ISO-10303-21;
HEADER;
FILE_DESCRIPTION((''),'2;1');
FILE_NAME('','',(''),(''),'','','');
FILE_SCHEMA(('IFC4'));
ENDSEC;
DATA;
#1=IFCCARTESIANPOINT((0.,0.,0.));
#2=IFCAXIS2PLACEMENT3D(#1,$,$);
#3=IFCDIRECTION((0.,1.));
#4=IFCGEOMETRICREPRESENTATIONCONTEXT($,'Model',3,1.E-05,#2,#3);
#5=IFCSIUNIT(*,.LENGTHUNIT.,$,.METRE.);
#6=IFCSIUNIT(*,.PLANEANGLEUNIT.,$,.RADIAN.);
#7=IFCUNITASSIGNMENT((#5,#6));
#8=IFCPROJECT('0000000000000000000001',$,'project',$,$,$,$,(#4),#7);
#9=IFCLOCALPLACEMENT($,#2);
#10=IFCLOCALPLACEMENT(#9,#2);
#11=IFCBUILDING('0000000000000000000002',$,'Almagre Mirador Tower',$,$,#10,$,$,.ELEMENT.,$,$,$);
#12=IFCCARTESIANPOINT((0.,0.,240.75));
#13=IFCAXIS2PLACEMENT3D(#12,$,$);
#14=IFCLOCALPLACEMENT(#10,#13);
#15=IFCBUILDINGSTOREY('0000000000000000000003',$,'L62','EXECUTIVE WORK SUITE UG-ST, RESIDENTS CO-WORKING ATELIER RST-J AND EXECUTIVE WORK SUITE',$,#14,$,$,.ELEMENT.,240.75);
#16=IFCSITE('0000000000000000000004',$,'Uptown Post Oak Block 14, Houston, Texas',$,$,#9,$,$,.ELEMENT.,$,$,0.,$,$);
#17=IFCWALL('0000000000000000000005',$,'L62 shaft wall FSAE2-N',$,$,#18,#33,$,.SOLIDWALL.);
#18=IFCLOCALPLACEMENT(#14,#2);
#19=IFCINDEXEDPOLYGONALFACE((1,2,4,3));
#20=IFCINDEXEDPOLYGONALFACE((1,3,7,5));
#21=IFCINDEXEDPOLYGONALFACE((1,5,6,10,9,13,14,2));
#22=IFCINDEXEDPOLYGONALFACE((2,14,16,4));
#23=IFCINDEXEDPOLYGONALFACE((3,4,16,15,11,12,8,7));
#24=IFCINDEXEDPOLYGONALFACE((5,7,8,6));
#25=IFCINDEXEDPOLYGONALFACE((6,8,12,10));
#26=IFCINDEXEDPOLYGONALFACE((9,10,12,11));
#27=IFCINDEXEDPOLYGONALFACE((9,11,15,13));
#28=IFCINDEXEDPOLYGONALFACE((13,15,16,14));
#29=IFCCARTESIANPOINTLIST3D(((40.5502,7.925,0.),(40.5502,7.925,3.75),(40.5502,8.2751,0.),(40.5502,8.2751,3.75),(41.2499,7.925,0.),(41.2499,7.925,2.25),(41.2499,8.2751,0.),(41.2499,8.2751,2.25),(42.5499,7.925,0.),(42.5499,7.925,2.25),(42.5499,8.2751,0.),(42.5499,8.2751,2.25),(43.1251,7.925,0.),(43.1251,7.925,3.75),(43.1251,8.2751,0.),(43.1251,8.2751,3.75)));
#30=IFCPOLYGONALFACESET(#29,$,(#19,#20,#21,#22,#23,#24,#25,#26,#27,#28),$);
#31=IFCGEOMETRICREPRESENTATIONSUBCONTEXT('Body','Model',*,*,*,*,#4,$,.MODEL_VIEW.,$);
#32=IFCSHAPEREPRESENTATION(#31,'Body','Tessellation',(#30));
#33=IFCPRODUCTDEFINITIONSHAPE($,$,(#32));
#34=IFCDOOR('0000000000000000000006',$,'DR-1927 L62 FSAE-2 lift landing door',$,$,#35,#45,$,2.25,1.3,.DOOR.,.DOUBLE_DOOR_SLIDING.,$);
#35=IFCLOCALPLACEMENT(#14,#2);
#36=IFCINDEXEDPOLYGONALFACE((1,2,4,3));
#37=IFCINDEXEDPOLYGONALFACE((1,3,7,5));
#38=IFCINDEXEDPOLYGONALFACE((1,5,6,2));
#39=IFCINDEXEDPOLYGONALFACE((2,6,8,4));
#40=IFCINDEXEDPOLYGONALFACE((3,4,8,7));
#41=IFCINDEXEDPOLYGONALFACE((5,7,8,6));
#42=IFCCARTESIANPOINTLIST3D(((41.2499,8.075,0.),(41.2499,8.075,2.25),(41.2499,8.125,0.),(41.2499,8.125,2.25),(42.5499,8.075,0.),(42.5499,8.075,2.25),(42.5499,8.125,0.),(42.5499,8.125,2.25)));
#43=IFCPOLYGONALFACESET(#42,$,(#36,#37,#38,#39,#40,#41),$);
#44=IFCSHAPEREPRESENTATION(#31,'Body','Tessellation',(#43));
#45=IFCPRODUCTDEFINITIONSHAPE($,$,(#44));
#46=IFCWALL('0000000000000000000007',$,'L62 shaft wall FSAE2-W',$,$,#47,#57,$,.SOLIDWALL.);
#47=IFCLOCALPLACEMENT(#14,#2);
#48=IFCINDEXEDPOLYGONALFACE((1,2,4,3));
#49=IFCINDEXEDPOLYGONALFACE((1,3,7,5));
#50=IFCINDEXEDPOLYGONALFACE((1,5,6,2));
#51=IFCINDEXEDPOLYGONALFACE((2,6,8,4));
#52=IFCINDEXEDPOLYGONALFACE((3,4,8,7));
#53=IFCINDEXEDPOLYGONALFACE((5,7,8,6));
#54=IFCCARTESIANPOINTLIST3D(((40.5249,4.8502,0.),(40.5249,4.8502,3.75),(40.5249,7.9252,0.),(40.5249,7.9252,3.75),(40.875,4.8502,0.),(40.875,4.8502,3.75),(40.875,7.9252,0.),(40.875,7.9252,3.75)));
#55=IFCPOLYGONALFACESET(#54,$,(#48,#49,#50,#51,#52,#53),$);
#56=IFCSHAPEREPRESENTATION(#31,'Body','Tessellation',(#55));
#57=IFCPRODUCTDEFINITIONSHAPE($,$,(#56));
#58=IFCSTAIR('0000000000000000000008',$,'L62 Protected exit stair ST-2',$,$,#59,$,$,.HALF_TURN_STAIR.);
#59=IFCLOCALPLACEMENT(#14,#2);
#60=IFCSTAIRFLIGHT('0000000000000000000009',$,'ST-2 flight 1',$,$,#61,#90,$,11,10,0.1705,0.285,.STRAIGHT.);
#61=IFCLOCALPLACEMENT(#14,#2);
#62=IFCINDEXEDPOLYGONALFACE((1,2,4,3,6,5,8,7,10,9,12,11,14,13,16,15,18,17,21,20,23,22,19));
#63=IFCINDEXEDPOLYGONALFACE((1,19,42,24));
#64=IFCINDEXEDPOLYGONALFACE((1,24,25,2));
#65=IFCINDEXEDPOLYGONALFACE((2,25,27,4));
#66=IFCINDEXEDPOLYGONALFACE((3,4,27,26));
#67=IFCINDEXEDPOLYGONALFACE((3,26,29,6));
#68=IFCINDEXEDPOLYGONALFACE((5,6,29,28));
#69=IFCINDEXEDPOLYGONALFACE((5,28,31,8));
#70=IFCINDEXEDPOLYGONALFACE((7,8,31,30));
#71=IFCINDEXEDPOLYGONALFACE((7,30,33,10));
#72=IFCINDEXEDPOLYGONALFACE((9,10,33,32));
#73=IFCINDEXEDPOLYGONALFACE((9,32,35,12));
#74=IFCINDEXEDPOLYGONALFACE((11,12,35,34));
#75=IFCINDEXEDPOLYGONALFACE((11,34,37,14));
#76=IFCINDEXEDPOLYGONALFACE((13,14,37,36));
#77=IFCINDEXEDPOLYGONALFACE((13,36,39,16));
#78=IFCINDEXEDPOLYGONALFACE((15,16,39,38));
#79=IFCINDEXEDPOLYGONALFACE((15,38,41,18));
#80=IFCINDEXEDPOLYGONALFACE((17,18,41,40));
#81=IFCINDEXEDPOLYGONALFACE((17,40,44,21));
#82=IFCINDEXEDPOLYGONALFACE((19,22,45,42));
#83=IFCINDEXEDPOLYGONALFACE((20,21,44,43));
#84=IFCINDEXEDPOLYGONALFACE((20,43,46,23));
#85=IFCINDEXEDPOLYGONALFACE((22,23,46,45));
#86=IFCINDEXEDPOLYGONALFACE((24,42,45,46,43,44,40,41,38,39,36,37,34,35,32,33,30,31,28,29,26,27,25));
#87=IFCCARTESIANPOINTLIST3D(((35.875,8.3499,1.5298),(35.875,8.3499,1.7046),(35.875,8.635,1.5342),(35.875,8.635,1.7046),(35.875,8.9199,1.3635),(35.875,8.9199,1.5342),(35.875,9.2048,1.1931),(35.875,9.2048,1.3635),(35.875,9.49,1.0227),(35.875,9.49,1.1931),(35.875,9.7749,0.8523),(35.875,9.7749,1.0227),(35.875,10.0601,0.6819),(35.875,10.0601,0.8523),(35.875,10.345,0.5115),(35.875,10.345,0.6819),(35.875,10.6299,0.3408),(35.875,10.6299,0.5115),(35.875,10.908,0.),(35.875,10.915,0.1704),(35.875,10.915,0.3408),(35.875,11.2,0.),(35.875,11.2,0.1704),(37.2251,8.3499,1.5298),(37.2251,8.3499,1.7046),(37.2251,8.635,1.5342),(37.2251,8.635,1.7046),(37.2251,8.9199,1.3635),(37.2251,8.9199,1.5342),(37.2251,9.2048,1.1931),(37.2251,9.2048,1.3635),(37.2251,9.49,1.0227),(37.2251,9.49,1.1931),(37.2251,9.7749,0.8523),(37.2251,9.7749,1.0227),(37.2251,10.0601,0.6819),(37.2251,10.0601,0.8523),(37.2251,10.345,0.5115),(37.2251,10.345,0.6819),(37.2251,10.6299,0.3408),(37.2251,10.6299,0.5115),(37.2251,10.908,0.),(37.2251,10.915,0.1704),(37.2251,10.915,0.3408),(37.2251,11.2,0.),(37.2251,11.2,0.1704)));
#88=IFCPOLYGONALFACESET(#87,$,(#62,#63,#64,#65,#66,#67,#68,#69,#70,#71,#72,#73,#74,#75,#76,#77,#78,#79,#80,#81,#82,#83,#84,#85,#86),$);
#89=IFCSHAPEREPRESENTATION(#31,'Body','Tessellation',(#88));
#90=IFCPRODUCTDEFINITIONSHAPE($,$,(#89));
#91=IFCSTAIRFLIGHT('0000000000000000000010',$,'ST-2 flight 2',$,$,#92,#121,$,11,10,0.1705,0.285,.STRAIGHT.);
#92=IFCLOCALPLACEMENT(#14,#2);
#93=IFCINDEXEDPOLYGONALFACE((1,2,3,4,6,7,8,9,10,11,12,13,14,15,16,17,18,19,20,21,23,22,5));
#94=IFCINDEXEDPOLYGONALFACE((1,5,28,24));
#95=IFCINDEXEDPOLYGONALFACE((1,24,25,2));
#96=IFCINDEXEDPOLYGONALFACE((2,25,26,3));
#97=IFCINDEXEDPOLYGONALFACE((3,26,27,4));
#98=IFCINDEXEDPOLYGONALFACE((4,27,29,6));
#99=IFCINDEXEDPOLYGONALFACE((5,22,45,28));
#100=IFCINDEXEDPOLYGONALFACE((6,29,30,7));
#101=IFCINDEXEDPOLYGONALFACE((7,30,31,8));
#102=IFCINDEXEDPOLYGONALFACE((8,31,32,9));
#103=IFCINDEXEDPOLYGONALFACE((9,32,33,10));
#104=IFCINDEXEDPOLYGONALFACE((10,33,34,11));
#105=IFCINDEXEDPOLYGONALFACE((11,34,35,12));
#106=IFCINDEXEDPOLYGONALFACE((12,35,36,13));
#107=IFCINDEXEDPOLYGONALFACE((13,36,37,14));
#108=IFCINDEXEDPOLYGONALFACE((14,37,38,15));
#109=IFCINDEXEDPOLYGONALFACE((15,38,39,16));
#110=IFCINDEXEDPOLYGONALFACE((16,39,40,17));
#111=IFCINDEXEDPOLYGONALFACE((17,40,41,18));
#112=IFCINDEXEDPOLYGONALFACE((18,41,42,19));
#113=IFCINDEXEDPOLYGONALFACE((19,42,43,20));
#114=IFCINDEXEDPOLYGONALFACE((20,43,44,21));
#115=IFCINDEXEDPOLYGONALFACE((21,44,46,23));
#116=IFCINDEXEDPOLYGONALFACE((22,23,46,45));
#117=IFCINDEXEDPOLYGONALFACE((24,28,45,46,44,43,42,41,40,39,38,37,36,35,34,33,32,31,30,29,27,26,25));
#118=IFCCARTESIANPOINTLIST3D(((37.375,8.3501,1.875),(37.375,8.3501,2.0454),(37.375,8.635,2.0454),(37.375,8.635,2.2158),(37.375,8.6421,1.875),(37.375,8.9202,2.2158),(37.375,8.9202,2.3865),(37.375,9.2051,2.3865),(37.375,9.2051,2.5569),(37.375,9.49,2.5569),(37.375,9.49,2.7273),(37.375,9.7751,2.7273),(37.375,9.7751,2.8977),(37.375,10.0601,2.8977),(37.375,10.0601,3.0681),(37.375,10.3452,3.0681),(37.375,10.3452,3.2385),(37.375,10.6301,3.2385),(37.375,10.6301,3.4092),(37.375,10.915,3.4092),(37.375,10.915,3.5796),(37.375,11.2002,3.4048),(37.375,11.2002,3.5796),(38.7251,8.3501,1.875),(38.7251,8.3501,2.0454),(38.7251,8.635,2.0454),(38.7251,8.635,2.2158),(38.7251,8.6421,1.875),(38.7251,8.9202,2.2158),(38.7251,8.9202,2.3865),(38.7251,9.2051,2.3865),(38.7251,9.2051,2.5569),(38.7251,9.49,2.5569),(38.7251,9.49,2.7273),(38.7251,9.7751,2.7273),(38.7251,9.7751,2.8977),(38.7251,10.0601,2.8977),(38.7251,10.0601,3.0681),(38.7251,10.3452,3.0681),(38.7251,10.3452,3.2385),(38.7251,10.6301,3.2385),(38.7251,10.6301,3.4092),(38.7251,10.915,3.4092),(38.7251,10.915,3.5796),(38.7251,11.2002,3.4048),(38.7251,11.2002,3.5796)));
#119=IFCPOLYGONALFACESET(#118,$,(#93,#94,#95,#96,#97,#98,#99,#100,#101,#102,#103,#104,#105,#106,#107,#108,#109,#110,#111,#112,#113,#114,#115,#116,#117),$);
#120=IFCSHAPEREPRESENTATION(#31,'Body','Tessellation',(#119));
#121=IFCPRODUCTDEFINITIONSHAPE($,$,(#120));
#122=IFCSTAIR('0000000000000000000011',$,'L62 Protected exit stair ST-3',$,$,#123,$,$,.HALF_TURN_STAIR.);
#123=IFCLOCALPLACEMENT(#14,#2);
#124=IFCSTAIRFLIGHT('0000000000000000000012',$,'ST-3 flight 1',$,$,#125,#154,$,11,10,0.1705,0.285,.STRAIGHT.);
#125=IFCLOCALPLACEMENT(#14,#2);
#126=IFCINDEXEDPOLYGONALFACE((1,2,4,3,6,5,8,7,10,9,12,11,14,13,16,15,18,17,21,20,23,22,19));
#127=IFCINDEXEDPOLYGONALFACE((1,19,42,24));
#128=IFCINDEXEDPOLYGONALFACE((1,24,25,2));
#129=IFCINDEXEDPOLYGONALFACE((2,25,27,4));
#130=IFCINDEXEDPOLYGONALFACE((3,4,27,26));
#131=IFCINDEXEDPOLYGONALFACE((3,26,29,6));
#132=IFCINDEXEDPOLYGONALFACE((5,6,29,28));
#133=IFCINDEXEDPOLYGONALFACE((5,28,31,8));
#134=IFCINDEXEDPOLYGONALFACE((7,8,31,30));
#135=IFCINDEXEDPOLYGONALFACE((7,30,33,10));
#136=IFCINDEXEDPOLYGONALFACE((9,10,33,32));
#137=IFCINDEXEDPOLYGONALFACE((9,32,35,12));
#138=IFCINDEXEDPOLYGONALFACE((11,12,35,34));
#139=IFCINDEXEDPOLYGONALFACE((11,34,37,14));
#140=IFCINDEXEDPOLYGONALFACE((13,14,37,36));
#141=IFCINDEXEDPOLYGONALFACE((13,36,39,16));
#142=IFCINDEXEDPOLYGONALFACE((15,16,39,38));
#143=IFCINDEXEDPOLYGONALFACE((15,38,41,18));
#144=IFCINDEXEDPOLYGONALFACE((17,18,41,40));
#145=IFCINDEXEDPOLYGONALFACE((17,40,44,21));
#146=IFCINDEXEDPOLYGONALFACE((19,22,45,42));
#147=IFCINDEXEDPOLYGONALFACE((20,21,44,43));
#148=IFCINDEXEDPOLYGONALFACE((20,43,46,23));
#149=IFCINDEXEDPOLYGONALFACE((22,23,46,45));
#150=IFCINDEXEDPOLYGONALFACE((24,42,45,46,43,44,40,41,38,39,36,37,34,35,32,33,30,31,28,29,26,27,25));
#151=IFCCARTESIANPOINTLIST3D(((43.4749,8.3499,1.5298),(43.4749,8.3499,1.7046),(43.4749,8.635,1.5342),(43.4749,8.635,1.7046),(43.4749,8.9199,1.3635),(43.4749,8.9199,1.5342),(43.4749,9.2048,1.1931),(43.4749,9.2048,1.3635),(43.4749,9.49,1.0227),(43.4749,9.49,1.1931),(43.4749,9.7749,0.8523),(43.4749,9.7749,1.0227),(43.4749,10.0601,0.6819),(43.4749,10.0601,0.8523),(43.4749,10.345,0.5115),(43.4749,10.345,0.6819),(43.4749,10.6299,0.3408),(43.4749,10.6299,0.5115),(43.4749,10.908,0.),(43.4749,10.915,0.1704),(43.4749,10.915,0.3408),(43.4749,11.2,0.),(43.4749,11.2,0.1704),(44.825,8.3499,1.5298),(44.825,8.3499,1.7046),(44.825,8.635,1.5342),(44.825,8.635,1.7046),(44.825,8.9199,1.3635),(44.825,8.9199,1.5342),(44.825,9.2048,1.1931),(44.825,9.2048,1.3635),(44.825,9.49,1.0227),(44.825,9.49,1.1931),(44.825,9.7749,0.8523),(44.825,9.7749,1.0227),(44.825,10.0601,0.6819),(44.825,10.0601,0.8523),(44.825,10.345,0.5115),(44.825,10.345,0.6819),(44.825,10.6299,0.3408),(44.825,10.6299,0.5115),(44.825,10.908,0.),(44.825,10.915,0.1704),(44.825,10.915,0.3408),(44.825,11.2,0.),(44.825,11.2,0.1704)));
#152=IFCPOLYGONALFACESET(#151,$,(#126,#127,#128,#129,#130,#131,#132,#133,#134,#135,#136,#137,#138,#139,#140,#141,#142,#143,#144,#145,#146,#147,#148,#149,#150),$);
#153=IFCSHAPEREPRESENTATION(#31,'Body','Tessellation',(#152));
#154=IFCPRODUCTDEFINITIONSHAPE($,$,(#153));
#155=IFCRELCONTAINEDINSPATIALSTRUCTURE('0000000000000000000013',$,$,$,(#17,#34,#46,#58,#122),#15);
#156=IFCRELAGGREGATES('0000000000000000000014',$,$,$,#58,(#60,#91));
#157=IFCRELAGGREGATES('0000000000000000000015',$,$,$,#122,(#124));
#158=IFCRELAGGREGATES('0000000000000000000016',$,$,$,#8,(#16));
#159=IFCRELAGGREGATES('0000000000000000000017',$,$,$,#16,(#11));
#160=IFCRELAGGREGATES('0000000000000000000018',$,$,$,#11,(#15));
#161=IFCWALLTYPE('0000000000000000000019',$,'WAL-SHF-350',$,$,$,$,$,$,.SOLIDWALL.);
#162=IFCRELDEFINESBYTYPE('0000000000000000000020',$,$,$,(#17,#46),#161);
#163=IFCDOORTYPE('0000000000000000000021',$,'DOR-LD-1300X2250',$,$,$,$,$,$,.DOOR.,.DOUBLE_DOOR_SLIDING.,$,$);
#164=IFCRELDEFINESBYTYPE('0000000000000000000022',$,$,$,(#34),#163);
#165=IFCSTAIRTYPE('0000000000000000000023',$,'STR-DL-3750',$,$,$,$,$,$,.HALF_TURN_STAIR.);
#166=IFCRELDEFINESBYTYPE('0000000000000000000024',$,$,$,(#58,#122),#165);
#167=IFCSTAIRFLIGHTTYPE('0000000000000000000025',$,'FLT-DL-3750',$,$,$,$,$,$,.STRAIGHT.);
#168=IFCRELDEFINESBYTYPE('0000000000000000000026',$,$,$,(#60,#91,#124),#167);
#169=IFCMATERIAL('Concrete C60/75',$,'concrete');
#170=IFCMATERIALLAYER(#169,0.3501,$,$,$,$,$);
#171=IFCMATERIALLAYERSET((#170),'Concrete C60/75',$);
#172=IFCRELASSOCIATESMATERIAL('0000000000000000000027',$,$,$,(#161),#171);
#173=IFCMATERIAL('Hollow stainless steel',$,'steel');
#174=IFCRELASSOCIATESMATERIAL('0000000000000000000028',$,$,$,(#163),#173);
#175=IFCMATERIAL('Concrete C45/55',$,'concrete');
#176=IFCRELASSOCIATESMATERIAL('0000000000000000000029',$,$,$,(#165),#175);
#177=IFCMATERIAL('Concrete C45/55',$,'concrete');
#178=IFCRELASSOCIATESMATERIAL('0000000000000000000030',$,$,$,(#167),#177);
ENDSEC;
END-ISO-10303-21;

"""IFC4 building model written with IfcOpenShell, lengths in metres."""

from ifc_helpers import new_model, si_unit, direction, frame, frame_2d, origin, place, context, subcontext, project, spatial, polyline, rectangle, outline, extrude, material, layer, layer_set, type_object, element, fill, aggregate, save


model = new_model("IFC4")

# Units and contexts
model_context = context("Model", 3, precision=1e-05, world=origin(), true_north=direction((0.0, 1.0)))
body_context = subcontext(model_context, "Body", "Model", "MODEL_VIEW")
ifc_project = project(units=[si_unit("LENGTHUNIT", "METRE"), si_unit("PLANEANGLEUNIT", "RADIAN")], contexts=[model_context])

# Site, building, storey
site_placement = place(None, origin())
site = spatial("IfcSite", under=ifc_project, at=site_placement, Name="Uptown Post Oak Block 14, Houston, Texas", CompositionType="ELEMENT", RefElevation=0.0)
building_placement = place(site_placement, origin())
building = spatial("IfcBuilding", under=site, at=building_placement, Name="Almagre Mirador Tower", CompositionType="ELEMENT")
storey_placement = place(building_placement, frame((0.0, 0.0, 240.75)))
storey = spatial("IfcBuildingStorey", under=building, at=storey_placement, Name="L62", Description="EXECUTIVE WORK SUITE UG-ST, RESIDENTS CO-WORKING ATELIER RST-J AND EXECUTIVE WORK SUITE", CompositionType="ELEMENT", Elevation=240.75)

# Shared definitions
ifc_material_1 = material(Name="Concrete C60/75", Category="concrete")
ifc_layer_1 = layer(ifc_material_1, 0.3501)
ifc_layer_set_1 = layer_set([ifc_layer_1], Name="Concrete C60/75")
wall_type_1 = type_object("IfcWallType", Name="WAL-SHF-350", PredefinedType="SOLIDWALL", material=ifc_layer_set_1)

# Wall, opening, door
wall_1_placement = place(storey_placement, frame((40.55, 8.1001, 0.0), z_axis=(0.0, 0.0, 1.0), x_axis=(1.0, 0.0, 0.0)))
wall_1 = element("IfcWall", 1, at=wall_1_placement, inside=storey, type_object=wall_type_1, Name="L62 shaft wall FSAE2-N", PredefinedType="SOLIDWALL", context=body_context, shape_type="SweptSolid", body=[
    extrude(rectangle(XDim=2.575, YDim=0.3501, at=frame_2d((1.2876, 0.0))), origin(), (0.0, 0.0, 1.0), 3.75),
])
opening_1_placement = place(wall_1_placement, frame((0.7, 0.0, 0.0)))
opening_1 = element("IfcOpeningElement", 2, at=opening_1_placement, cuts=wall_1, PredefinedType="OPENING", context=body_context, shape_type="SweptSolid", body=[
    extrude(rectangle(XDim=1.3, YDim=2.25, at=frame_2d((0.6499, 1.125))), frame((0.0, 0.185, 0.0), z_axis=(0.0, -1.0, 0.0), x_axis=(1.0, 0.0, 0.0)), (0.0, 0.0, 1.0), 0.3701),
])
ifc_material_2 = material(Name="Hollow stainless steel", Category="steel")
door_type_1 = type_object("IfcDoorType", Name="DOR-LD-1300X2250", OperationType="DOUBLE_DOOR_SLIDING", PredefinedType="DOOR", material=ifc_material_2)
door_1_placement = place(opening_1_placement, origin())
door_1 = element("IfcDoor", 3, at=door_1_placement, inside=storey, type_object=door_type_1, Name="DR-1927 L62 FSAE-2 lift landing door", OperationType="DOUBLE_DOOR_SLIDING", OverallHeight=2.25, OverallWidth=1.3, PredefinedType="DOOR", context=body_context, shape_type="SweptSolid", body=[
    extrude(rectangle(XDim=1.3, YDim=2.25, at=frame_2d((0.6499, 1.125))), frame((0.0, 0.0249, 0.0), z_axis=(0.0, -1.0, 0.0), x_axis=(1.0, 0.0, 0.0)), (0.0, 0.0, 1.0), 0.05),
])
fill(opening_1, door_1)

# Wall
wall_2_placement = place(storey_placement, frame((40.7, 4.8501, 0.0), z_axis=(0.0, 0.0, 1.0), x_axis=(0.0, 1.0, 0.0)))
element("IfcWall", 4, at=wall_2_placement, inside=storey, type_object=wall_type_1, Name="L62 shaft wall FSAE2-W", PredefinedType="SOLIDWALL", context=body_context, shape_type="SweptSolid", body=[
    extrude(rectangle(XDim=3.075, YDim=0.3501, at=frame_2d((1.5376, 0.0))), origin(), (0.0, 0.0, 1.0), 3.75),
])

# Stair, stair flights
ifc_material_3 = material(Name="Concrete C45/55", Category="concrete")
stair_type = type_object("IfcStairType", Name="STR-DL-3750", PredefinedType="HALF_TURN_STAIR", material=ifc_material_3)
stair_1_placement = place(storey_placement, origin())
stair_1 = element("IfcStair", 5, at=stair_1_placement, inside=storey, type_object=stair_type, Name="L62 Protected exit stair ST-2", PredefinedType="HALF_TURN_STAIR")
ifc_material_4 = material(Name="Concrete C45/55", Category="concrete")
stair_flight_type = type_object("IfcStairFlightType", Name="FLT-DL-3750", PredefinedType="STRAIGHT", material=ifc_material_4)
stair_flight_1_placement = place(storey_placement, frame((36.55, 11.2, 0.0), z_axis=(0.0, 0.0, 1.0), x_axis=(0.0, -1.0, 0.0)))
stair_flight_1 = element("IfcStairFlight", 6, at=stair_flight_1_placement, type_object=stair_flight_type, Name="ST-2 flight 1", NumberOfRisers=11, NumberOfTreads=10, PredefinedType="STRAIGHT", RiserHeight=0.1705, TreadLength=0.285, context=body_context, shape_type="SweptSolid", body=[
    extrude(outline(polyline([(0.0, 0.0), (0.0, 0.1704), (0.2849, 0.1704), (0.2849, 0.3408), (0.5701, 0.3408), (0.5701, 0.5115), (0.855, 0.5115), (0.855, 0.6819), (1.1399, 0.6819), (1.1399, 0.8523), (1.425, 0.8523), (1.425, 1.0227), (1.71, 1.0227), (1.71, 1.1931), (1.9951, 1.1931), (1.9951, 1.3635), (2.28, 1.3635), (2.28, 1.5342), (2.5649, 1.5342), (2.5649, 1.7046), (2.8501, 1.7046), (2.8501, 1.875), (2.8501, 1.5298), (0.292, 0.0), (0.0, 0.0)])), frame((0.0, 0.675, 0.0), z_axis=(0.0, -1.0, 0.0), x_axis=(1.0, 0.0, 0.0)), (0.0, 0.0, 1.0), 1.3501),
])
stair_flight_2_placement = place(storey_placement, frame((38.05, 8.3501, 1.875), z_axis=(0.0, 0.0, 1.0), x_axis=(0.0, 1.0, 0.0)))
stair_flight_2 = element("IfcStairFlight", 7, at=stair_flight_2_placement, type_object=stair_flight_type, Name="ST-2 flight 2", NumberOfRisers=11, NumberOfTreads=10, PredefinedType="STRAIGHT", RiserHeight=0.1705, TreadLength=0.285, context=body_context, shape_type="SweptSolid", body=[
    extrude(outline(polyline([(0.0, 0.0), (0.0, 0.1704), (0.2849, 0.1704), (0.2849, 0.3408), (0.5701, 0.3408), (0.5701, 0.5115), (0.855, 0.5115), (0.855, 0.6819), (1.1399, 0.6819), (1.1399, 0.8523), (1.425, 0.8523), (1.425, 1.0227), (1.71, 1.0227), (1.71, 1.1931), (1.9951, 1.1931), (1.9951, 1.3635), (2.28, 1.3635), (2.28, 1.5342), (2.5649, 1.5342), (2.5649, 1.7046), (2.8501, 1.7046), (2.8501, 1.875), (2.8501, 1.5298), (0.292, 0.0), (0.0, 0.0)])), frame((0.0, 0.675, 0.0), z_axis=(0.0, -1.0, 0.0), x_axis=(1.0, 0.0, 0.0)), (0.0, 0.0, 1.0), 1.3501),
])
aggregate(stair_1, [stair_flight_1, stair_flight_2])

# Stair, stair flight
stair_2_placement = place(storey_placement, origin())
stair_2 = element("IfcStair", 8, at=stair_2_placement, inside=storey, type_object=stair_type, Name="L62 Protected exit stair ST-3", PredefinedType="HALF_TURN_STAIR")
stair_flight_3_placement = place(storey_placement, frame((44.1499, 11.2, 0.0), z_axis=(0.0, 0.0, 1.0), x_axis=(0.0, -1.0, 0.0)))
stair_flight_3 = element("IfcStairFlight", 9, at=stair_flight_3_placement, type_object=stair_flight_type, Name="ST-3 flight 1", NumberOfRisers=11, NumberOfTreads=10, PredefinedType="STRAIGHT", RiserHeight=0.1705, TreadLength=0.285, context=body_context, shape_type="SweptSolid", body=[
    extrude(outline(polyline([(0.0, 0.0), (0.0, 0.1704), (0.2849, 0.1704), (0.2849, 0.3408), (0.5701, 0.3408), (0.5701, 0.5115), (0.855, 0.5115), (0.855, 0.6819), (1.1399, 0.6819), (1.1399, 0.8523), (1.425, 0.8523), (1.425, 1.0227), (1.71, 1.0227), (1.71, 1.1931), (1.9951, 1.1931), (1.9951, 1.3635), (2.28, 1.3635), (2.28, 1.5342), (2.5649, 1.5342), (2.5649, 1.7046), (2.8501, 1.7046), (2.8501, 1.875), (2.8501, 1.5298), (0.292, 0.0), (0.0, 0.0)])), frame((0.0, 0.675, 0.0), z_axis=(0.0, -1.0, 0.0), x_axis=(1.0, 0.0, 0.0)), (0.0, 0.0, 1.0), 1.3501),
])
aggregate(stair_2, [stair_flight_3])

save(model, "model.ifc")
